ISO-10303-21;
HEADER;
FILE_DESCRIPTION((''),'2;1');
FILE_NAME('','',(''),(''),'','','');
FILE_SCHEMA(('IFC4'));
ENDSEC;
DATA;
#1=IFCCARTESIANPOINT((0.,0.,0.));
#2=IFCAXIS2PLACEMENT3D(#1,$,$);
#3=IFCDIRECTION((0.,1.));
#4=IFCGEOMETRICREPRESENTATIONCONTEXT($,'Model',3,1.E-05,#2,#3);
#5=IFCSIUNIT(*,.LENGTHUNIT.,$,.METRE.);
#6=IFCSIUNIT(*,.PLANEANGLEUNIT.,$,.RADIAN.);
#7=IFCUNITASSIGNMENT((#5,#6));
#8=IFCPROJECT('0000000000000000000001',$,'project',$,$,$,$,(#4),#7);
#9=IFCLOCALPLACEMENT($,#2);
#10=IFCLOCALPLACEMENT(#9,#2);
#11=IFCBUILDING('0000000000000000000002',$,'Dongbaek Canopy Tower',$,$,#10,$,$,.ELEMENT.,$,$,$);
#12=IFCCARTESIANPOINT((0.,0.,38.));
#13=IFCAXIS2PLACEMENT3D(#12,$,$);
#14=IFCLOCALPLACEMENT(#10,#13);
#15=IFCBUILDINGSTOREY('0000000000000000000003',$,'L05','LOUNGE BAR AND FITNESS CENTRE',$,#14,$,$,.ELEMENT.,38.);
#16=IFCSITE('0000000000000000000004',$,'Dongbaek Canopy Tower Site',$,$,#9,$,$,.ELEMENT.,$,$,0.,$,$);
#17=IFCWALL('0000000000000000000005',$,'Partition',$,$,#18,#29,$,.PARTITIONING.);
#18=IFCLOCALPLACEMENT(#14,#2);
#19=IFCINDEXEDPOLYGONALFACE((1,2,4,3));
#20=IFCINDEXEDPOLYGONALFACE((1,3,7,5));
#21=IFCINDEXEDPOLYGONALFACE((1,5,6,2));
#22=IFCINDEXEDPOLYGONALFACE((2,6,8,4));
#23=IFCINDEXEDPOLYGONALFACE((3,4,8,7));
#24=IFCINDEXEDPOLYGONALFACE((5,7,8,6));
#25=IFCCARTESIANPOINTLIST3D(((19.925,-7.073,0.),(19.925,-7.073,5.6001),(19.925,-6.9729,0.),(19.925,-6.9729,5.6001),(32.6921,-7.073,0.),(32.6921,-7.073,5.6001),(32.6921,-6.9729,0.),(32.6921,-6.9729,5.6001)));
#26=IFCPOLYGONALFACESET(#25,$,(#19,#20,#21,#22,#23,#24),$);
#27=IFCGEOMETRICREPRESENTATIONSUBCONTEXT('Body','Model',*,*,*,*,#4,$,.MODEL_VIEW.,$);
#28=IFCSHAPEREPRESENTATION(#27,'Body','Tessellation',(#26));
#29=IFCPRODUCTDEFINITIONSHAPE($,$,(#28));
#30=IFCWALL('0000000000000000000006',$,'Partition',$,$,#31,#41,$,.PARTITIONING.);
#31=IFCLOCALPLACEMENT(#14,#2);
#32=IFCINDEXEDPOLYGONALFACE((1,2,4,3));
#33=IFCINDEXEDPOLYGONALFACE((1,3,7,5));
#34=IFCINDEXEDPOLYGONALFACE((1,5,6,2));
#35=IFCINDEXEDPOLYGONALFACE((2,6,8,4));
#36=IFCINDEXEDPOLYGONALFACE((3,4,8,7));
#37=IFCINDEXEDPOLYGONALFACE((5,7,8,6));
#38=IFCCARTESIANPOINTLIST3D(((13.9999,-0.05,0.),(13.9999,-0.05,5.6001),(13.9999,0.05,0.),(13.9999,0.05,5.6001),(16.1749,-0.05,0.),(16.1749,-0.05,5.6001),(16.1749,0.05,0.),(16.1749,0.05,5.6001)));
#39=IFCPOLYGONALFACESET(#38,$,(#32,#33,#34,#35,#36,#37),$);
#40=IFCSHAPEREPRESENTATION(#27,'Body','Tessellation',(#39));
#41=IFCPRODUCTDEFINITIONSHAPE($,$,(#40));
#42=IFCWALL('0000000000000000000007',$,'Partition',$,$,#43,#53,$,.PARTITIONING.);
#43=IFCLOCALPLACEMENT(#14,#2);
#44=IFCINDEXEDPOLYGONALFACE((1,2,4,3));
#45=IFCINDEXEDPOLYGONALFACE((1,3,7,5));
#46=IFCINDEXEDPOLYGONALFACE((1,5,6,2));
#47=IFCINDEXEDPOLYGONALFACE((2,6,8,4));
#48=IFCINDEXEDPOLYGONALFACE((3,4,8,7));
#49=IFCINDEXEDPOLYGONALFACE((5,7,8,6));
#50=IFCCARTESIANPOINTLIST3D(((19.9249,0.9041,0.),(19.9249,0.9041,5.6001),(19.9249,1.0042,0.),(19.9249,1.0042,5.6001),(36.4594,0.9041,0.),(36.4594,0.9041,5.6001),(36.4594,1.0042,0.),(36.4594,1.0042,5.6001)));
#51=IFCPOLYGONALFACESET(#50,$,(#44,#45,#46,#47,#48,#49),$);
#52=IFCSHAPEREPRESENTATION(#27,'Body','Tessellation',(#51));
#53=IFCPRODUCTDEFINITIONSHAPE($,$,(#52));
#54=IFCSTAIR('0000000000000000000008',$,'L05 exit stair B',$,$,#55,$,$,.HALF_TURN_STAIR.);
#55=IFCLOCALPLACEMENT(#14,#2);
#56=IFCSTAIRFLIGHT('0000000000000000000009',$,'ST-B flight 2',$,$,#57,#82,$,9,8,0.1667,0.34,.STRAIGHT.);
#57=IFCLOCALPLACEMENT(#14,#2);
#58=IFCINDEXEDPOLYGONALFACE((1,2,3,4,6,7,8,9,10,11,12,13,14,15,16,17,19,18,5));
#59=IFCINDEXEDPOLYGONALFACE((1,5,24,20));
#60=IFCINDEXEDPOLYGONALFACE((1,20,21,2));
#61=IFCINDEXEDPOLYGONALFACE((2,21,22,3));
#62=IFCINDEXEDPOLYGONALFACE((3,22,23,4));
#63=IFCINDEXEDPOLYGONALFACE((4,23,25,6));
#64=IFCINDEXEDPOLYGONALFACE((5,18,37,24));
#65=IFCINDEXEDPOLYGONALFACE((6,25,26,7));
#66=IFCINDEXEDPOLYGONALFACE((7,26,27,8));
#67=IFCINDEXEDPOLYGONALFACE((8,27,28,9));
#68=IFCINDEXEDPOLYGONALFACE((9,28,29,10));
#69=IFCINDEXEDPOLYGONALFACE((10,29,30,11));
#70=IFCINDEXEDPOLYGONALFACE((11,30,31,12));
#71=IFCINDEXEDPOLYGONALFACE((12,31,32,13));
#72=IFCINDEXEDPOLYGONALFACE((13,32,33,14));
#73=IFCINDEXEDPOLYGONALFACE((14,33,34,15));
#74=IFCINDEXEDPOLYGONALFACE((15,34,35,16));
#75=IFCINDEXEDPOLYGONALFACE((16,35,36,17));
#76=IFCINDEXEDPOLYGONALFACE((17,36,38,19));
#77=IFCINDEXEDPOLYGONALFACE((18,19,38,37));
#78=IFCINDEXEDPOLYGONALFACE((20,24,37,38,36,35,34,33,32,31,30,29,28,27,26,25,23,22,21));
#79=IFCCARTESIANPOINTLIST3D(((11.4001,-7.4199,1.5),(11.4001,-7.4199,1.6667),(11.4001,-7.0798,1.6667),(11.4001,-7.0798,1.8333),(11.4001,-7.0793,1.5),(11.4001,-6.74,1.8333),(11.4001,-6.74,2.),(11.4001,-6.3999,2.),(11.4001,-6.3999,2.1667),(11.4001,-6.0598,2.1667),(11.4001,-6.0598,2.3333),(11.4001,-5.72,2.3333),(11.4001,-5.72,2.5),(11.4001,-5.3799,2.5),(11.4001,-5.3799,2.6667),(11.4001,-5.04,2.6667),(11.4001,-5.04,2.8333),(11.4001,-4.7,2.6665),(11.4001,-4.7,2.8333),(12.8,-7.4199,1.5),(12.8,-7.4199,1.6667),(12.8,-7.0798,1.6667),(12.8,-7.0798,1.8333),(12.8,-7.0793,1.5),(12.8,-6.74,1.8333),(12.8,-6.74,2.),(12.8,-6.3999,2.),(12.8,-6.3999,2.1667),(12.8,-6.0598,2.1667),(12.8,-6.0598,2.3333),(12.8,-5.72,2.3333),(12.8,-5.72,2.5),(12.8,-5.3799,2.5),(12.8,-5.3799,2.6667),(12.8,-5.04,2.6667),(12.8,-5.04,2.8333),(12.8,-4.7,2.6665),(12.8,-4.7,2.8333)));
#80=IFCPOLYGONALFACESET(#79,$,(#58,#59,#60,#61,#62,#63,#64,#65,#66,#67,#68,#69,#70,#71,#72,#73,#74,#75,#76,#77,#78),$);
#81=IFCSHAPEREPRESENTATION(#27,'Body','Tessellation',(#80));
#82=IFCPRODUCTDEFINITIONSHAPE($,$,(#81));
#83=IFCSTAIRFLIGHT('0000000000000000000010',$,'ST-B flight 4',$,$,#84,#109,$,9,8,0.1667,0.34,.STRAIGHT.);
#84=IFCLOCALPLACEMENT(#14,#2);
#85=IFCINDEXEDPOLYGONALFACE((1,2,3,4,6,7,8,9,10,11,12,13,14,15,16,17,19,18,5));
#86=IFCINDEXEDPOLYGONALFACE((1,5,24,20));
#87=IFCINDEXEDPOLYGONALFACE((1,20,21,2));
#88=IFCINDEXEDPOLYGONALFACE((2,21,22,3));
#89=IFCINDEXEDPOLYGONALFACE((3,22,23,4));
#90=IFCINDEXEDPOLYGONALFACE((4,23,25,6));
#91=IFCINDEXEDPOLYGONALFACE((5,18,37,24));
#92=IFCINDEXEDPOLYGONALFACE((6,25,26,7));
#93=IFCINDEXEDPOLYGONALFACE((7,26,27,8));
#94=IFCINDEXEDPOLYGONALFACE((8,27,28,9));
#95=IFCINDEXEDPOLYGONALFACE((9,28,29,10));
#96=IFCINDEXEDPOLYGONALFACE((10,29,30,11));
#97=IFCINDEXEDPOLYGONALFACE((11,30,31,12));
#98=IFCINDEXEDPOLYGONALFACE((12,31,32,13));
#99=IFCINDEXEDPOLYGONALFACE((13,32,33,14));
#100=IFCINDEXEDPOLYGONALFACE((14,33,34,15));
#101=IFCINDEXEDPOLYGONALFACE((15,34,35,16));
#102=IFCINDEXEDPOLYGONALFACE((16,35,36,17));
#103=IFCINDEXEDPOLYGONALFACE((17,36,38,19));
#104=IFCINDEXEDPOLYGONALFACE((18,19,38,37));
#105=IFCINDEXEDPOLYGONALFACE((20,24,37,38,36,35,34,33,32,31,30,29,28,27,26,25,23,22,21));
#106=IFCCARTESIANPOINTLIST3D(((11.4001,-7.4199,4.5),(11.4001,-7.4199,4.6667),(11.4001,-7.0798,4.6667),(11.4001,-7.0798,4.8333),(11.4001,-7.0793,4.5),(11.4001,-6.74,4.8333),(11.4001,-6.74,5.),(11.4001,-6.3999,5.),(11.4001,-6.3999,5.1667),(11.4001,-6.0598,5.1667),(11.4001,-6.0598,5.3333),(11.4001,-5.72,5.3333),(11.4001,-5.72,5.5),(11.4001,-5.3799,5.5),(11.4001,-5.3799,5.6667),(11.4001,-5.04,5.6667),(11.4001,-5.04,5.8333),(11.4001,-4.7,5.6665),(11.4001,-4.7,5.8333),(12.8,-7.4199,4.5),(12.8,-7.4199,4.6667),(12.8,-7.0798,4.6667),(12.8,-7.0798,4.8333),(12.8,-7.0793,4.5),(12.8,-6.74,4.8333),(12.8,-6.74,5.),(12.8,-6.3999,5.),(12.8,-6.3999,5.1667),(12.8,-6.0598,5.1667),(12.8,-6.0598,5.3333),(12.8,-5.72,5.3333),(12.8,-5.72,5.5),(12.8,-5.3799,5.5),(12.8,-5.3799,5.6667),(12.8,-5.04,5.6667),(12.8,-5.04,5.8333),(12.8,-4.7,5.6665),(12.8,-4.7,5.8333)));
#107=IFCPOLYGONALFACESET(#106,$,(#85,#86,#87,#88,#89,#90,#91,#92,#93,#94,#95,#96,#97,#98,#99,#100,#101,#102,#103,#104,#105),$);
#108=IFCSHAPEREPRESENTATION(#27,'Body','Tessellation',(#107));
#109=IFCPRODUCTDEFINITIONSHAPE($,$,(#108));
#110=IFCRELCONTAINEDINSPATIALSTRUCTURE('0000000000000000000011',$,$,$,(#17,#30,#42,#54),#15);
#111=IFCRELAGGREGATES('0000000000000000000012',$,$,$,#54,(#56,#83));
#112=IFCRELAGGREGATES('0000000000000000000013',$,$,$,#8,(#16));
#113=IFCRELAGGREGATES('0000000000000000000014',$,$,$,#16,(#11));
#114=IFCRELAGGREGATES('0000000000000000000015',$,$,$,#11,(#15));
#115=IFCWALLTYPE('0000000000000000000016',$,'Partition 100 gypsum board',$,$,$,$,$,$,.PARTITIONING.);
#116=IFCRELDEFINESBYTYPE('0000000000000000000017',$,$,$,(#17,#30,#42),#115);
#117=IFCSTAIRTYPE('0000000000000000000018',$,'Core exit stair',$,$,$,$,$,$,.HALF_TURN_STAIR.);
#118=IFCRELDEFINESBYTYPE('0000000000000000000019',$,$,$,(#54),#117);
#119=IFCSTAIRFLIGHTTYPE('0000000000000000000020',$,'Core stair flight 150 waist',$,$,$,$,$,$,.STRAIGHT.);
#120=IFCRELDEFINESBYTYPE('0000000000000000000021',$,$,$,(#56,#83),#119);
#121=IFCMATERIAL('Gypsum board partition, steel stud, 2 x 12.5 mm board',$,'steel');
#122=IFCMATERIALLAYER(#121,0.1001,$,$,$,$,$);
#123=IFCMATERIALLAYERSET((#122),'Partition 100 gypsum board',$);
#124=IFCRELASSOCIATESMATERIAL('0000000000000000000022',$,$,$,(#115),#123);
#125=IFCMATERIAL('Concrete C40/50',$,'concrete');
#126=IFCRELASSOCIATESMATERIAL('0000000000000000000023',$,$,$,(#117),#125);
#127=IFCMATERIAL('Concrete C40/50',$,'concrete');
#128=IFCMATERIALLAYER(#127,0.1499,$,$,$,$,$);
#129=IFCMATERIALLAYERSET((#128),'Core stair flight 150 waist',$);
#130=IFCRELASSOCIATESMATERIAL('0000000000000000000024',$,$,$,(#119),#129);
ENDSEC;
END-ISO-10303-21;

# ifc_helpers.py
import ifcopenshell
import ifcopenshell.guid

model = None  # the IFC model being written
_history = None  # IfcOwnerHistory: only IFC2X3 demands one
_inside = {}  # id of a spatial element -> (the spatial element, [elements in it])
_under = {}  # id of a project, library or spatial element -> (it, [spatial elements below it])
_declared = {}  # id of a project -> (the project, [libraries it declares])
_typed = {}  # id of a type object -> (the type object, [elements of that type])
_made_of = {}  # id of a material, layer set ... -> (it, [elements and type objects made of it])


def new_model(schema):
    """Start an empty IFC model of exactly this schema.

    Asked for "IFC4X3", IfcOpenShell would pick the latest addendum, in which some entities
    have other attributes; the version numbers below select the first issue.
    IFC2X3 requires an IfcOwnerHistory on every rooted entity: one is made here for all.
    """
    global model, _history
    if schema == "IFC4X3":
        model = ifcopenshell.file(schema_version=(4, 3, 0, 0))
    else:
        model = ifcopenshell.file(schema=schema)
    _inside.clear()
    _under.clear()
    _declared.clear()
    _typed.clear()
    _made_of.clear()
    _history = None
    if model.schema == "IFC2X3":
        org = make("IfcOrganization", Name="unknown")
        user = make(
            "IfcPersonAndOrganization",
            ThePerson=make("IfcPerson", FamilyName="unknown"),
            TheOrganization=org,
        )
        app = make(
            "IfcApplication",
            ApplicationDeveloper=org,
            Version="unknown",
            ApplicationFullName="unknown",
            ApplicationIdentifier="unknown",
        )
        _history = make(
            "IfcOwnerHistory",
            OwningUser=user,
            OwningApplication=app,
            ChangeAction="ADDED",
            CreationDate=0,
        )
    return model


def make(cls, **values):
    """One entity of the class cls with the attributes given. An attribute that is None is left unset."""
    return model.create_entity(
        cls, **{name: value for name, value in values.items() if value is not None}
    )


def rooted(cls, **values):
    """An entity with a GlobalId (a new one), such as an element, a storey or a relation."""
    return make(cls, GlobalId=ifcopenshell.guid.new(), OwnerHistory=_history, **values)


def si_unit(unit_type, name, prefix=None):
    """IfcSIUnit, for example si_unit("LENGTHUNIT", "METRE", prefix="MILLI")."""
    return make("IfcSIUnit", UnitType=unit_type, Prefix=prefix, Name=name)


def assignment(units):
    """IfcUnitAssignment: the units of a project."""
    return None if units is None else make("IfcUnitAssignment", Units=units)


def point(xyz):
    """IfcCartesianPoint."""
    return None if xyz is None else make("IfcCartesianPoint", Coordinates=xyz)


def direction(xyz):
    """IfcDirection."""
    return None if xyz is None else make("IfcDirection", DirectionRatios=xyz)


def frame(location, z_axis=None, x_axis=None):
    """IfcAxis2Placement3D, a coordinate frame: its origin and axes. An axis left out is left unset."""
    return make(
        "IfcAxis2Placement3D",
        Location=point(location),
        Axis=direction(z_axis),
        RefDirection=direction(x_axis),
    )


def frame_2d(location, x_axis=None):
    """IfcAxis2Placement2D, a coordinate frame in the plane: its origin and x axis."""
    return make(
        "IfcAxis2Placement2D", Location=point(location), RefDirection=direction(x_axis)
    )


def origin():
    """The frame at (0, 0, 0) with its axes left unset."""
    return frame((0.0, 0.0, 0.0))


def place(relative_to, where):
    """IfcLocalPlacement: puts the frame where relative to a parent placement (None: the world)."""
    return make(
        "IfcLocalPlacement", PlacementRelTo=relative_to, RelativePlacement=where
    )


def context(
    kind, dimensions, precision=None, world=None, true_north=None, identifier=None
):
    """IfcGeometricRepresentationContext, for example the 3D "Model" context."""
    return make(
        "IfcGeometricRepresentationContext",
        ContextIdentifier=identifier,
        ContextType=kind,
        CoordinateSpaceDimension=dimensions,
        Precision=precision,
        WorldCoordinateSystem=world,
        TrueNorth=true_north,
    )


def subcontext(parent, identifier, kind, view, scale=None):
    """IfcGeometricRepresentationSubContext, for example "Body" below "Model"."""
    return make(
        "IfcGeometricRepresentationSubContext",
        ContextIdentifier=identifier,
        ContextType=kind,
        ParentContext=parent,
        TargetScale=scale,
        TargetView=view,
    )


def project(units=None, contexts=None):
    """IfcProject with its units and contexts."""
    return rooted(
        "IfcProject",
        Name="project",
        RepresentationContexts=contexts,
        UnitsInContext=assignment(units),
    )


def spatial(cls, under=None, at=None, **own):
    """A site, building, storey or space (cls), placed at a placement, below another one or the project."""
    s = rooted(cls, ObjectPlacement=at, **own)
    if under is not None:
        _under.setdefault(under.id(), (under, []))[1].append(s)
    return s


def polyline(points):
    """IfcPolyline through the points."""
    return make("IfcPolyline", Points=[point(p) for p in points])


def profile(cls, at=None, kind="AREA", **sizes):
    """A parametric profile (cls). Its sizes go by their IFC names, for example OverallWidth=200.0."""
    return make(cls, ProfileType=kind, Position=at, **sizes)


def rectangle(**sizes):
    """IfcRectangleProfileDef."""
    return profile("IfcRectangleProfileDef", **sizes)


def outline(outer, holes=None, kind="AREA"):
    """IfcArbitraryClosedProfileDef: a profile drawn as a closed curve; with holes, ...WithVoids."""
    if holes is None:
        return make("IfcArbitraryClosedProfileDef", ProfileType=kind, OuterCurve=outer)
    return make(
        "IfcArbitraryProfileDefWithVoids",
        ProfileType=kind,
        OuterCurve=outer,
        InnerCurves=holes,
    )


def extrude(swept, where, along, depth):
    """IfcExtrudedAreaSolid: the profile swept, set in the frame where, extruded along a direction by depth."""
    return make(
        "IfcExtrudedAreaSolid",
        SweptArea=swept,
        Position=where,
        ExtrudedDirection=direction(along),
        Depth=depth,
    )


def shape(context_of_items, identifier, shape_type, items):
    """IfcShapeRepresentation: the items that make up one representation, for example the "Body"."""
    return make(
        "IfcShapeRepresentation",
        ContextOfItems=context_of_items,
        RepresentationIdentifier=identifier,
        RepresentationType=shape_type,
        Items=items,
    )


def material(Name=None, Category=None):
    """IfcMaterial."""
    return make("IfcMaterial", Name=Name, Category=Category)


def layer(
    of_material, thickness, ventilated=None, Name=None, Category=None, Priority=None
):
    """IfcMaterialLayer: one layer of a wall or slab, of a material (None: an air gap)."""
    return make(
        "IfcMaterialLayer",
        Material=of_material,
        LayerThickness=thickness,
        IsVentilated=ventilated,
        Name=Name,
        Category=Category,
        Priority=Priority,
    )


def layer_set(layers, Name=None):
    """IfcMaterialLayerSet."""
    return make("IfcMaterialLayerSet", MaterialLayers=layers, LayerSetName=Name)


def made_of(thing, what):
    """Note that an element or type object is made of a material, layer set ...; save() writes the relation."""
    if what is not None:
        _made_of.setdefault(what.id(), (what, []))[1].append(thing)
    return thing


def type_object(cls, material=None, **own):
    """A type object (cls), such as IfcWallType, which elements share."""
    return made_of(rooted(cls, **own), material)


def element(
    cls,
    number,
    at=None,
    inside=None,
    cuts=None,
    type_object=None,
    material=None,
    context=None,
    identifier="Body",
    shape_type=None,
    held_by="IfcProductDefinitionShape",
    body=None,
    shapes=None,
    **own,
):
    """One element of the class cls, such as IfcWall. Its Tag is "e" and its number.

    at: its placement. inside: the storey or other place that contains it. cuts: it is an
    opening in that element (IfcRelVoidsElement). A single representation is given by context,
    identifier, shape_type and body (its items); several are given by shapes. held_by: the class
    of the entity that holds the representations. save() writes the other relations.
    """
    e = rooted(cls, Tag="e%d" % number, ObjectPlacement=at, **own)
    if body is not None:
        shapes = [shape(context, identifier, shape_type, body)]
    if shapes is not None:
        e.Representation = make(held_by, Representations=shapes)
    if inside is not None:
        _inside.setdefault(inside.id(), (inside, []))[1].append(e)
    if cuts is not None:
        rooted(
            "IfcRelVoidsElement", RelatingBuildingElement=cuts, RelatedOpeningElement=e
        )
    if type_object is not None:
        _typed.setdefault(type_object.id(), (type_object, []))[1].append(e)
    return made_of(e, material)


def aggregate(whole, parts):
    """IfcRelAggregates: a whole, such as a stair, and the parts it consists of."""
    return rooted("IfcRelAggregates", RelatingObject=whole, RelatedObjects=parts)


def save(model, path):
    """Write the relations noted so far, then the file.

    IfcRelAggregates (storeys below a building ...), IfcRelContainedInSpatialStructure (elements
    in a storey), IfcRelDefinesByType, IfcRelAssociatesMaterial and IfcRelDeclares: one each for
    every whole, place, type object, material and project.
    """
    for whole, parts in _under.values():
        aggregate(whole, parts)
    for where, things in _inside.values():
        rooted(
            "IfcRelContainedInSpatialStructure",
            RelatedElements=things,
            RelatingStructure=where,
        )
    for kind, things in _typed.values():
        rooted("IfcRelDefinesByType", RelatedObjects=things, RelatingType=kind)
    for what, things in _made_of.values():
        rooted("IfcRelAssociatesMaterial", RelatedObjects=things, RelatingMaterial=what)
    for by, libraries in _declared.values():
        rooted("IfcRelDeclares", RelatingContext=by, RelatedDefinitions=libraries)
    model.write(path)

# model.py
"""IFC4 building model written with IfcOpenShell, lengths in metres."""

from ifc_helpers import new_model, si_unit, direction, frame, frame_2d, origin, place, context, subcontext, project, spatial, polyline, rectangle, outline, extrude, material, layer, layer_set, type_object, element, aggregate, save


model = new_model("IFC4")

# Units and contexts
model_context = context("Model", 3, precision=1e-05, world=origin(), true_north=direction((0.0, 1.0)))
body_context = subcontext(model_context, "Body", "Model", "MODEL_VIEW")
ifc_project = project(units=[si_unit("LENGTHUNIT", "METRE"), si_unit("PLANEANGLEUNIT", "RADIAN")], contexts=[model_context])

# Site, building, storey
site_placement = place(None, origin())
site = spatial("IfcSite", under=ifc_project, at=site_placement, Name="Dongbaek Canopy Tower Site", CompositionType="ELEMENT", RefElevation=0.0)
building_placement = place(site_placement, origin())
building = spatial("IfcBuilding", under=site, at=building_placement, Name="Dongbaek Canopy Tower", CompositionType="ELEMENT")
storey_placement = place(building_placement, frame((0.0, 0.0, 38.0)))
storey = spatial("IfcBuildingStorey", under=building, at=storey_placement, Name="L05", Description="LOUNGE BAR AND FITNESS CENTRE", CompositionType="ELEMENT", Elevation=38.0)

# Walls
ifc_material_1 = material(Name="Gypsum board partition, steel stud, 2 x 12.5 mm board", Category="steel")
ifc_layer_1 = layer(ifc_material_1, 0.1001)
ifc_layer_set_1 = layer_set([ifc_layer_1], Name="Partition 100 gypsum board")
wall_type_1 = type_object("IfcWallType", Name="Partition 100 gypsum board", PredefinedType="PARTITIONING", material=ifc_layer_set_1)
wall_1_placement = place(storey_placement, frame((19.925, -7.0229, 0.0), z_axis=(0.0, 0.0, 1.0), x_axis=(1.0, 0.0, 0.0)))
element("IfcWall", 1, at=wall_1_placement, inside=storey, type_object=wall_type_1, Name="Partition", PredefinedType="PARTITIONING", context=body_context, shape_type="SweptSolid", body=[
    extrude(rectangle(XDim=12.7671, YDim=0.1001, at=frame_2d((6.3835, 0.0))), origin(), (0.0, 0.0, 1.0), 5.6001),
])
wall_2_placement = place(storey_placement, frame((14.0, 0.0, 0.0), z_axis=(0.0, 0.0, 1.0), x_axis=(1.0, 0.0, 0.0)))
element("IfcWall", 2, at=wall_2_placement, inside=storey, type_object=wall_type_1, Name="Partition", PredefinedType="PARTITIONING", context=body_context, shape_type="SweptSolid", body=[
    extrude(rectangle(XDim=2.175, YDim=0.1001, at=frame_2d((1.0874, 0.0))), origin(), (0.0, 0.0, 1.0), 5.6001),
])
wall_3_placement = place(storey_placement, frame((19.925, 0.9541, 0.0), z_axis=(0.0, 0.0, 1.0), x_axis=(1.0, 0.0, 0.0)))
element("IfcWall", 3, at=wall_3_placement, inside=storey, type_object=wall_type_1, Name="Partition", PredefinedType="PARTITIONING", context=body_context, shape_type="SweptSolid", body=[
    extrude(rectangle(XDim=16.5344, YDim=0.1001, at=frame_2d((8.2671, 0.0))), origin(), (0.0, 0.0, 1.0), 5.6001),
])

# Stair, stair flights
ifc_material_2 = material(Name="Concrete C40/50", Category="concrete")
stair_type = type_object("IfcStairType", Name="Core exit stair", PredefinedType="HALF_TURN_STAIR", material=ifc_material_2)
stair_placement = place(storey_placement, origin())
stair = element("IfcStair", 4, at=stair_placement, inside=storey, type_object=stair_type, Name="L05 exit stair B", PredefinedType="HALF_TURN_STAIR")
ifc_material_3 = material(Name="Concrete C40/50", Category="concrete")
ifc_layer_2 = layer(ifc_material_3, 0.1499)
ifc_layer_set_2 = layer_set([ifc_layer_2], Name="Core stair flight 150 waist")
stair_flight_type = type_object("IfcStairFlightType", Name="Core stair flight 150 waist", PredefinedType="STRAIGHT", material=ifc_layer_set_2)
stair_flight_1_placement = place(storey_placement, frame((12.1001, -7.4199, 1.5), z_axis=(0.0, 0.0, 1.0), x_axis=(0.0, 1.0, 0.0)))
stair_flight_1 = element("IfcStairFlight", 5, at=stair_flight_1_placement, type_object=stair_flight_type, Name="ST-B flight 2", NumberOfRisers=9, NumberOfTreads=8, PredefinedType="STRAIGHT", RiserHeight=0.1667, TreadLength=0.34, context=body_context, shape_type="SweptSolid", body=[
    extrude(outline(polyline([(0.0, 0.0), (0.0, 0.1667), (0.3401, 0.1667), (0.3401, 0.3333), (0.6799, 0.3333), (0.6799, 0.5), (1.02, 0.5), (1.02, 0.6667), (1.3601, 0.6667), (1.3601, 0.8333), (1.7, 0.8333), (1.7, 1.0), (2.04, 1.0), (2.04, 1.1667), (2.3799, 1.1667), (2.3799, 1.3333), (2.72, 1.3333), (2.72, 1.5), (2.72, 1.1665), (0.3406, 0.0), (0.0, 0.0)])), frame((0.0, 0.7, 0.0), z_axis=(0.0, -1.0, 0.0), x_axis=(1.0, 0.0, 0.0)), (0.0, 0.0, 1.0), 1.3999),
])
stair_flight_2_placement = place(storey_placement, frame((12.1001, -7.4199, 4.5), z_axis=(0.0, 0.0, 1.0), x_axis=(0.0, 1.0, 0.0)))
stair_flight_2 = element("IfcStairFlight", 6, at=stair_flight_2_placement, type_object=stair_flight_type, Name="ST-B flight 4", NumberOfRisers=9, NumberOfTreads=8, PredefinedType="STRAIGHT", RiserHeight=0.1667, TreadLength=0.34, context=body_context, shape_type="SweptSolid", body=[
    extrude(outline(polyline([(0.0, 0.0), (0.0, 0.1667), (0.3401, 0.1667), (0.3401, 0.3333), (0.6799, 0.3333), (0.6799, 0.5), (1.02, 0.5), (1.02, 0.6667), (1.3601, 0.6667), (1.3601, 0.8333), (1.7, 0.8333), (1.7, 1.0), (2.04, 1.0), (2.04, 1.1667), (2.3799, 1.1667), (2.3799, 1.3333), (2.72, 1.3333), (2.72, 1.5), (2.72, 1.1665), (0.3406, 0.0), (0.0, 0.0)])), frame((0.0, 0.7, 0.0), z_axis=(0.0, -1.0, 0.0), x_axis=(1.0, 0.0, 0.0)), (0.0, 0.0, 1.0), 1.3999),
])
aggregate(stair, [stair_flight_1, stair_flight_2])

save(model, "model.ifc")
